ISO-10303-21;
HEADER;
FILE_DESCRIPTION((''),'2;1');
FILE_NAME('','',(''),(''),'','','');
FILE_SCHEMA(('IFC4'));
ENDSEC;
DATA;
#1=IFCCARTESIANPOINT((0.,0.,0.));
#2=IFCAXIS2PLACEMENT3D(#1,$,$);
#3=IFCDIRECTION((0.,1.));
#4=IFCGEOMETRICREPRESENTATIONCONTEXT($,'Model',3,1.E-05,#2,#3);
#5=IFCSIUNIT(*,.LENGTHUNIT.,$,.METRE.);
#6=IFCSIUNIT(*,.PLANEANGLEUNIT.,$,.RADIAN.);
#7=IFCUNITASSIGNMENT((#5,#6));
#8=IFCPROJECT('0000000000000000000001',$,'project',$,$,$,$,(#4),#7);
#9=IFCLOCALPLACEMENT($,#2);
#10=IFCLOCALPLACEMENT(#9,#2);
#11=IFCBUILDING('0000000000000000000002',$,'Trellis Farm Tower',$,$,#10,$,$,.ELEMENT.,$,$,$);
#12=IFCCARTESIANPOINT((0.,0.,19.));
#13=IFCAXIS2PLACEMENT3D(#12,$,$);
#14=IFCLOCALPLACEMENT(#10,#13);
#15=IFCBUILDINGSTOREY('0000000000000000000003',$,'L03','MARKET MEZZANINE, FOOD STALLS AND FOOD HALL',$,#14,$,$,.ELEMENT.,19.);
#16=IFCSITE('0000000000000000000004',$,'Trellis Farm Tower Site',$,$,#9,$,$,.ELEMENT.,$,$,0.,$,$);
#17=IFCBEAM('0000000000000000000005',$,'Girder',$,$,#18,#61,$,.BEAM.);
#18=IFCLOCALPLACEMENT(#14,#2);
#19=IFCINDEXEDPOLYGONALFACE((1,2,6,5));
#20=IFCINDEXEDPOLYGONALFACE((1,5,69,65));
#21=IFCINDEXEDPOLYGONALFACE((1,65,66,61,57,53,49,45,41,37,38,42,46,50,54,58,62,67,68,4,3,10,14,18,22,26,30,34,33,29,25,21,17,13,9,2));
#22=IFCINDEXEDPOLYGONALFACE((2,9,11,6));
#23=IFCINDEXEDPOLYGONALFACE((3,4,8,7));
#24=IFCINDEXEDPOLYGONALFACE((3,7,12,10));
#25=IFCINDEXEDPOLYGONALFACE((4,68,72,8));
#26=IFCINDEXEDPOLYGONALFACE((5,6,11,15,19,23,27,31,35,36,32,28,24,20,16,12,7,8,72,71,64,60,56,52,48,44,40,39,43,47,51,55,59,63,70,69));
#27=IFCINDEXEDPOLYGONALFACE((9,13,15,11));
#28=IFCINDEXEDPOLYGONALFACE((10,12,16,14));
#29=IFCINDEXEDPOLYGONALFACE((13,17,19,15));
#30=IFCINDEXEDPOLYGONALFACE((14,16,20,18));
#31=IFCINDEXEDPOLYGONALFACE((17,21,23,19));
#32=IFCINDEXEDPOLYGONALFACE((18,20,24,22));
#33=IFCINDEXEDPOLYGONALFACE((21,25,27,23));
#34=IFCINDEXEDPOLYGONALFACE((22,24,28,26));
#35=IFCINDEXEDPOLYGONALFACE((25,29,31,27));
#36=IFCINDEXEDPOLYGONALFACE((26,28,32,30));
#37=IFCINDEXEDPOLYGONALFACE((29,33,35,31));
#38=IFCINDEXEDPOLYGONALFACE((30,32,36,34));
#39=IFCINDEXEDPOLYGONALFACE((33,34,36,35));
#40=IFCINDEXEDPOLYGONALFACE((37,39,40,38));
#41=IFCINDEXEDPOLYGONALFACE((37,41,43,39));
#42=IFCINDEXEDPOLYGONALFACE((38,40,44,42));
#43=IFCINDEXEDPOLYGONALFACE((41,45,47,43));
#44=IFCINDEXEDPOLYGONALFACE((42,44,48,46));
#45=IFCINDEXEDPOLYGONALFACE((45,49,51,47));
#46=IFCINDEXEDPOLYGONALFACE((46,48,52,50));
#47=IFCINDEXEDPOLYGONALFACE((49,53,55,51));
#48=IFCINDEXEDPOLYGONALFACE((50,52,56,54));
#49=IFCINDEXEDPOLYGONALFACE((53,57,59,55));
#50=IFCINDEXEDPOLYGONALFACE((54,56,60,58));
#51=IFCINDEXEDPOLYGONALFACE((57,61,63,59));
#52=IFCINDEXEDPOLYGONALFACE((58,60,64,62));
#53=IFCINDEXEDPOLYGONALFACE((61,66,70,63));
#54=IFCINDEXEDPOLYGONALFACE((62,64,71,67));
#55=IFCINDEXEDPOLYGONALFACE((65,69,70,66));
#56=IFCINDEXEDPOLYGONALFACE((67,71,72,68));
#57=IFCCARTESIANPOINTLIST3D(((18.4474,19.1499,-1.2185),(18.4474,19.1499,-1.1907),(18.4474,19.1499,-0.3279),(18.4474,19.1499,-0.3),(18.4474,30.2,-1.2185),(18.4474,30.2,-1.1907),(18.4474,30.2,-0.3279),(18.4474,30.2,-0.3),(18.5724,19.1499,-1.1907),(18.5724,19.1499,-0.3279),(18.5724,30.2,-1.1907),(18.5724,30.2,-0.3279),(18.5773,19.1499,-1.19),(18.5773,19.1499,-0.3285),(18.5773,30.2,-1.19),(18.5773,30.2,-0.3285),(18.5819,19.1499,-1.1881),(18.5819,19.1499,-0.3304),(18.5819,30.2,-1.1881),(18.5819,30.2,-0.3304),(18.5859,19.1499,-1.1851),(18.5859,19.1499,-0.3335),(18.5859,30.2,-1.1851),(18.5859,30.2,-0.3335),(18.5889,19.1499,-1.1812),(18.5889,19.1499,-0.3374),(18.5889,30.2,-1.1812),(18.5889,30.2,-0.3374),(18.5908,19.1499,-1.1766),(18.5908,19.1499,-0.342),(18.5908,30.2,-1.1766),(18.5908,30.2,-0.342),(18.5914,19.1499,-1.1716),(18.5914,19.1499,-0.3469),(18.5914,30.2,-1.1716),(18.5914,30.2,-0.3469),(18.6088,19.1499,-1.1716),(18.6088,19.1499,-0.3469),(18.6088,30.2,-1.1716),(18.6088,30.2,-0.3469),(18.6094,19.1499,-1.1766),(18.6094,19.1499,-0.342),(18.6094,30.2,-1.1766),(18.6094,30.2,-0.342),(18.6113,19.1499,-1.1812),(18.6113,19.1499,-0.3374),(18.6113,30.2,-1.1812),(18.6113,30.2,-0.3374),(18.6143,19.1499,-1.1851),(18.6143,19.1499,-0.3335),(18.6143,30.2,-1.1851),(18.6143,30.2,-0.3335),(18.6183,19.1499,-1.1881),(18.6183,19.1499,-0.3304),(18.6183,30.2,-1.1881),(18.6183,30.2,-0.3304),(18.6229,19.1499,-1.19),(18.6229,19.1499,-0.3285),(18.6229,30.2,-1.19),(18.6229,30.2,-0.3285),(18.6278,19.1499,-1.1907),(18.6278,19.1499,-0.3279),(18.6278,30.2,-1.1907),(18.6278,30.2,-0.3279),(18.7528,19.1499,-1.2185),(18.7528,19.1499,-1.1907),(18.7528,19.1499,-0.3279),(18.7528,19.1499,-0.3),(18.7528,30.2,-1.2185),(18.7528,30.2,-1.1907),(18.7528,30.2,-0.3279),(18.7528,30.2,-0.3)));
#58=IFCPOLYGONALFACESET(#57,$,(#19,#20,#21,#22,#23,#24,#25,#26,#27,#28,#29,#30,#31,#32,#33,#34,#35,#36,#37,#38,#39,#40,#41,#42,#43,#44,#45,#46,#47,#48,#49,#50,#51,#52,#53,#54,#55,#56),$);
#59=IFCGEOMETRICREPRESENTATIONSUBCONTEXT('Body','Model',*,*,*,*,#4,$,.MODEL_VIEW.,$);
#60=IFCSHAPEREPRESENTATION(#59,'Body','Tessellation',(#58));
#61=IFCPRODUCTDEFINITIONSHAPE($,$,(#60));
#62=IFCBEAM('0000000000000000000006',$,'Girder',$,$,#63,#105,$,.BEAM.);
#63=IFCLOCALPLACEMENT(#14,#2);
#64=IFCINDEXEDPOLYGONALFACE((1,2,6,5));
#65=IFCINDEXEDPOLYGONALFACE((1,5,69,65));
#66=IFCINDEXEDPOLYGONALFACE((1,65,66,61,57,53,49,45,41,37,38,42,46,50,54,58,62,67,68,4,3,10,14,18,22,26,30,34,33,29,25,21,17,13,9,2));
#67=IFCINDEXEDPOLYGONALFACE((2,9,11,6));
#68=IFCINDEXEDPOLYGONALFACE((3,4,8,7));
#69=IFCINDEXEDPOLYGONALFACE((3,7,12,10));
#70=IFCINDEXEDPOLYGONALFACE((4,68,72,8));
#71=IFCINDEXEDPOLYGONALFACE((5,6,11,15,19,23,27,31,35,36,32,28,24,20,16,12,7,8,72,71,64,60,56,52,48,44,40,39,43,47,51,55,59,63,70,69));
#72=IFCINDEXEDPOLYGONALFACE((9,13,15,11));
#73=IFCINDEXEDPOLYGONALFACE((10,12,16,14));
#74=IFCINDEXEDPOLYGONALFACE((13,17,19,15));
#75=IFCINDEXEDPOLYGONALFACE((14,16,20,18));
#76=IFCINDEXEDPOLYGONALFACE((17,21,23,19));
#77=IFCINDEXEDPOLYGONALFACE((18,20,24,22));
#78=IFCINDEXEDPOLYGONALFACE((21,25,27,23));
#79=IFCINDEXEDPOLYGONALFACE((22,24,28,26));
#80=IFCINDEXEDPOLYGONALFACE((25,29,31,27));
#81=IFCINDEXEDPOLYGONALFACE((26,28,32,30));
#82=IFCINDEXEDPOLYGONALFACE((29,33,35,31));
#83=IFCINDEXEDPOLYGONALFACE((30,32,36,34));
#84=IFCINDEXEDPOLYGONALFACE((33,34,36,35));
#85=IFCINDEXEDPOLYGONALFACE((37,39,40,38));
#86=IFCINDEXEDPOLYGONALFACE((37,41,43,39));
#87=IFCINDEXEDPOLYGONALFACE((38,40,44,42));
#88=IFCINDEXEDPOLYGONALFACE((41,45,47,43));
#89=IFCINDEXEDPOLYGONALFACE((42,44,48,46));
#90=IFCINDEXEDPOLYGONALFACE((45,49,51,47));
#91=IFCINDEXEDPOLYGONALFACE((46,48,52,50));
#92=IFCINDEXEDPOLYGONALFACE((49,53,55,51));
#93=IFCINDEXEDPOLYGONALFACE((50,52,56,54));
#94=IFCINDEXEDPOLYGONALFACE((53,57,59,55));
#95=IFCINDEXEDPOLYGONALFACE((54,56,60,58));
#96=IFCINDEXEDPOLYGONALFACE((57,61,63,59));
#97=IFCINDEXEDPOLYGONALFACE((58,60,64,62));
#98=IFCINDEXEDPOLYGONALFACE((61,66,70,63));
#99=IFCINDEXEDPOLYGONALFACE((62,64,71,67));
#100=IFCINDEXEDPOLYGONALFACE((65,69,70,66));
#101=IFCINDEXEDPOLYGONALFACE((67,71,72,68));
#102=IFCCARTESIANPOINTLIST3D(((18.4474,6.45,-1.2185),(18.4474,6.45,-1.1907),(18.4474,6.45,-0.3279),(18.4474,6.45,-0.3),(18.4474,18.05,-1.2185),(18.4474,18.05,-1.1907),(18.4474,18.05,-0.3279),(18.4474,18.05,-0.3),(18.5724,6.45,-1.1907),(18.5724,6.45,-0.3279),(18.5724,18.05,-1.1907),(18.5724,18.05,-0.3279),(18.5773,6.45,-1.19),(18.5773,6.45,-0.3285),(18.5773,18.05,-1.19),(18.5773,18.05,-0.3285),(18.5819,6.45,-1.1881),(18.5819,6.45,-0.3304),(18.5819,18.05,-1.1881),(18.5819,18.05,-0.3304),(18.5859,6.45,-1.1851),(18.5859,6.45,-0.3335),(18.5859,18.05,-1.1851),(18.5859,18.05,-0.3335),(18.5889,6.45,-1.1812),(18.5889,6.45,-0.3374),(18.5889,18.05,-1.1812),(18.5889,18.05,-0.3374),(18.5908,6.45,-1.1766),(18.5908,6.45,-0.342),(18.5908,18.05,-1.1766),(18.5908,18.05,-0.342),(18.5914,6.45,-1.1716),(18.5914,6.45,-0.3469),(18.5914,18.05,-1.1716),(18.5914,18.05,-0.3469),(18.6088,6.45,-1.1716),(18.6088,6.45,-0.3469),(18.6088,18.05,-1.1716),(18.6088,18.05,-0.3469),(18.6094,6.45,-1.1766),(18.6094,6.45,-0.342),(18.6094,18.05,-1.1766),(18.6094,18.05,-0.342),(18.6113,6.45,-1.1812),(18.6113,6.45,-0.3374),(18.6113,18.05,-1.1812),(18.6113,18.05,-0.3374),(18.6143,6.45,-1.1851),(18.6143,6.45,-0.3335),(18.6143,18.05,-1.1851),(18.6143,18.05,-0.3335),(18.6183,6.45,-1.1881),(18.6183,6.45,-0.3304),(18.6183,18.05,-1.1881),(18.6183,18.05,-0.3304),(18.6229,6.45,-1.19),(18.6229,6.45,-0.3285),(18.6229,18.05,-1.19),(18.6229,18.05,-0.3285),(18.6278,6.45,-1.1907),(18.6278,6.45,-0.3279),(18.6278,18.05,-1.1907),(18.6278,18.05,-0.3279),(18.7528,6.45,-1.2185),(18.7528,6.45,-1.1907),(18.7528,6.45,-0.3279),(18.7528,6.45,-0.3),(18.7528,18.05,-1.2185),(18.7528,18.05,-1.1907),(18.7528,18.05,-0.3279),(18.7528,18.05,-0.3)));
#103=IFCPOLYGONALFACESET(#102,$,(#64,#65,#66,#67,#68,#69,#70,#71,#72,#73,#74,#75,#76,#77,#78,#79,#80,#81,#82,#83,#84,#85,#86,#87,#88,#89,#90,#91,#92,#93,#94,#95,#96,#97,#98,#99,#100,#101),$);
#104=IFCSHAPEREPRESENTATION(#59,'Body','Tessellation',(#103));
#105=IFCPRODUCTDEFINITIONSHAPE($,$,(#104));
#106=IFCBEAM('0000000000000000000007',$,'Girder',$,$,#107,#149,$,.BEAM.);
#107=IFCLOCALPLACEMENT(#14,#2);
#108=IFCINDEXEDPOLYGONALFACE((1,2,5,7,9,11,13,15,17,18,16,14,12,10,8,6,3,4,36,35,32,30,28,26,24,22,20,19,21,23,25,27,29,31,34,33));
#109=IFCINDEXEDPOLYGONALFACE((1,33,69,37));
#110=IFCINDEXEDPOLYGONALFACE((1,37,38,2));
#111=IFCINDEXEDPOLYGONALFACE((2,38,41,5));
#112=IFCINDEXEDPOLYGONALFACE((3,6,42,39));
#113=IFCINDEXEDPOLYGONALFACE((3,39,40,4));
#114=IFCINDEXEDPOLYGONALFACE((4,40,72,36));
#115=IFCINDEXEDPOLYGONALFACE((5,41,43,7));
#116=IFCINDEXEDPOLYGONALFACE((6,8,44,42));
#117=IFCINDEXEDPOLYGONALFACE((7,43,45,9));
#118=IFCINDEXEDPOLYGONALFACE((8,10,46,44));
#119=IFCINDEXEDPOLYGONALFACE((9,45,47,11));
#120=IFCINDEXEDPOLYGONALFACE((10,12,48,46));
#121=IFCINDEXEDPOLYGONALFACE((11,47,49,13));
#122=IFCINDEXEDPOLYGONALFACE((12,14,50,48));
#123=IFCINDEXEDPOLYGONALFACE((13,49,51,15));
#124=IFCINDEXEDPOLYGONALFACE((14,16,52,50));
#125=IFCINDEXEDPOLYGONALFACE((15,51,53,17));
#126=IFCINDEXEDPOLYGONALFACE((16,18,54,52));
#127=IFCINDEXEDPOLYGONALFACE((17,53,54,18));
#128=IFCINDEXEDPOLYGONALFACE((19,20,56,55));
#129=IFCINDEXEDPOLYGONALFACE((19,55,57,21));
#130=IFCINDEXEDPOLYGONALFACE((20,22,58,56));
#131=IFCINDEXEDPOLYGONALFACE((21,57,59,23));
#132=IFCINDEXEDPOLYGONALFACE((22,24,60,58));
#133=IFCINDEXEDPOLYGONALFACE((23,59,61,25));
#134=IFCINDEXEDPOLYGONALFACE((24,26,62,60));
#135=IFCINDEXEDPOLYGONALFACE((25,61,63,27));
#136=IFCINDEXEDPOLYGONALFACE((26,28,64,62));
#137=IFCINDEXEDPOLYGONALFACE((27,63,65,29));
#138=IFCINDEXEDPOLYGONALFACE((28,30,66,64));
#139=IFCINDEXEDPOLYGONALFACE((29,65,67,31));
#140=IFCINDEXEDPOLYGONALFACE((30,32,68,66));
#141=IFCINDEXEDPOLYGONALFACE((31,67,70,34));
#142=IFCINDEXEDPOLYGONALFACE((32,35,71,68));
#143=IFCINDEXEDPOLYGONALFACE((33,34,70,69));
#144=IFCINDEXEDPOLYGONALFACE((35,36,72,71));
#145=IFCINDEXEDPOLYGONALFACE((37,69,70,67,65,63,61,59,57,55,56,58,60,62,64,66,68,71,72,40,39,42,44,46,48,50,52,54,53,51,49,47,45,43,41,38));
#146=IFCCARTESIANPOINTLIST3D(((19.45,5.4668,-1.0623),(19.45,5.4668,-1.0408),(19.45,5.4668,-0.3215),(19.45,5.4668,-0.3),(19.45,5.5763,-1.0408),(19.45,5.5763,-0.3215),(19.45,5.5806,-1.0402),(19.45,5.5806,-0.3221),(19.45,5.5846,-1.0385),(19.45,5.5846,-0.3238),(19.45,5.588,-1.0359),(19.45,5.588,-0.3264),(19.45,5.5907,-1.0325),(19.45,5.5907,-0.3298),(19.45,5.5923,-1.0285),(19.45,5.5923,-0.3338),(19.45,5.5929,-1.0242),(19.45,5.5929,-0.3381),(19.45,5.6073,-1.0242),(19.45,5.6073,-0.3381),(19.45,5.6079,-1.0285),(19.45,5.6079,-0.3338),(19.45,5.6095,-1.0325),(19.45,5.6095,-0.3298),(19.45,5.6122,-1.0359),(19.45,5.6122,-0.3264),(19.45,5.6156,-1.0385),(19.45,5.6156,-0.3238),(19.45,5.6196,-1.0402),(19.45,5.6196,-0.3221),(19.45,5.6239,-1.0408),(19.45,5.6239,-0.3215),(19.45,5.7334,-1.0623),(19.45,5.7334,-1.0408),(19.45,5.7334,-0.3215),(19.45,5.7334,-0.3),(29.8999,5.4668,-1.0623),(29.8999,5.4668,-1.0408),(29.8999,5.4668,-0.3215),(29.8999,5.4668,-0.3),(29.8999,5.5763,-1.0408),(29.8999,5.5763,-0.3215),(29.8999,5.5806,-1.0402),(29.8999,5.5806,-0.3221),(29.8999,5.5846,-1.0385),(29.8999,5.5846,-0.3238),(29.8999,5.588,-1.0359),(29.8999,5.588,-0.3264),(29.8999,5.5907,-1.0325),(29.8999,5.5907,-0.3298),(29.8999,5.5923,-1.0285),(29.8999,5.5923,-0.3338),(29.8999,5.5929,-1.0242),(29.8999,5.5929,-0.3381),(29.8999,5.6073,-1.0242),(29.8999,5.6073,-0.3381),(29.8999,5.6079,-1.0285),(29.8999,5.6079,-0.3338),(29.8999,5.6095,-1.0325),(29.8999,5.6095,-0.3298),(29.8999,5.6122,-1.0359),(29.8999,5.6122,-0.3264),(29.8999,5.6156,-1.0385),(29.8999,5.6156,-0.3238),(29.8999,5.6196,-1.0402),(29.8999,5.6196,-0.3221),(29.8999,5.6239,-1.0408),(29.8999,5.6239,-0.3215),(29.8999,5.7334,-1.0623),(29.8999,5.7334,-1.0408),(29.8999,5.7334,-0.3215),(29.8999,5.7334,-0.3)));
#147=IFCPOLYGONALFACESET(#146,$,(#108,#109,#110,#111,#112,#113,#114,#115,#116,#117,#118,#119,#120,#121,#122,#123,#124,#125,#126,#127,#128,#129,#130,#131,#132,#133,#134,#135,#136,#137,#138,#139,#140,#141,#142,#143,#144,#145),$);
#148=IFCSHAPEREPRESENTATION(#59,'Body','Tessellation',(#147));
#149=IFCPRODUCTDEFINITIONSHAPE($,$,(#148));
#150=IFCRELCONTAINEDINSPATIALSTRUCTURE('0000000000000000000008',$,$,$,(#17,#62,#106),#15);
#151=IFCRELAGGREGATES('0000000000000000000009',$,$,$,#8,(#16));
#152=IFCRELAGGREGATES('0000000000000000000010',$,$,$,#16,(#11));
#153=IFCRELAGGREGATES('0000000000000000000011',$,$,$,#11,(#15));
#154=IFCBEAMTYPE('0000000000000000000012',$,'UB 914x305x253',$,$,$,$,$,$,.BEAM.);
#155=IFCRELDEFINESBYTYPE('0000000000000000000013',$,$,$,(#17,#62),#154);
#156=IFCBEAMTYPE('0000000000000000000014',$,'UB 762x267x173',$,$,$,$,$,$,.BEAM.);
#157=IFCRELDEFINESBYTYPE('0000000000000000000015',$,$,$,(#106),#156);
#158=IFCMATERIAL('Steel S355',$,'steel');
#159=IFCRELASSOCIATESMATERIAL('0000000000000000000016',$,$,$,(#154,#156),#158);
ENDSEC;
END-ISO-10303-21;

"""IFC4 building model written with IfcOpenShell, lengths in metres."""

from ifc_helpers import new_model, si_unit, direction, frame, origin, origin_2d, place, context, subcontext, project, spatial, i_section, extrude, source, transform, mapped, material, material_profile, profile_set, type_object, element, save


model = new_model("IFC4")

# Units and contexts
model_context = context("Model", 3, precision=1e-05, world=origin(), true_north=direction((0.0, 1.0)))
body_context = subcontext(model_context, "Body", "Model", "MODEL_VIEW")
ifc_project = project(units=[si_unit("LENGTHUNIT", "METRE"), si_unit("PLANEANGLEUNIT", "RADIAN")], contexts=[model_context])

# Site, building, storey
site_placement = place(None, origin())
site = spatial("IfcSite", under=ifc_project, at=site_placement, Name="Trellis Farm Tower Site", CompositionType="ELEMENT", RefElevation=0.0)
building_placement = place(site_placement, origin())
building = spatial("IfcBuilding", under=site, at=building_placement, Name="Trellis Farm Tower", CompositionType="ELEMENT")
storey_placement = place(building_placement, frame((0.0, 0.0, 19.0)))
storey = spatial("IfcBuildingStorey", under=building, at=storey_placement, Name="L03", Description="MARKET MEZZANINE, FOOD STALLS AND FOOD HALL", CompositionType="ELEMENT", Elevation=19.0)

# Beams
ifc_material_1 = material(Name="Steel S355", Category="steel")
ifc_material_profile_1 = material_profile(ifc_material_1, i_section(OverallWidth=0.3054, OverallDepth=0.9185, WebThickness=0.0173, FlangeThickness=0.0278, FilletRadius=0.019, at=origin_2d()), Name="UB 914x305x253")
ifc_profile_set_1 = profile_set([ifc_material_profile_1], Name="Steel S355")
beam_type_1 = type_object("IfcBeamType", Name="UB 914x305x253", PredefinedType="BEAM", material=ifc_profile_set_1)
shared_shape_1 = source(origin(), body_context, "Body", "SweptSolid", [
    extrude(i_section(OverallWidth=0.3054, OverallDepth=0.9185, WebThickness=0.0173, FlangeThickness=0.0278, FilletRadius=0.019, at=origin_2d()), origin(), (0.0, 0.0, 1.0), 11.05),
])
for number, where, z_axis, x_axis, name in (
    (1, (18.6001, 19.1499, -0.7593), (0.0, 1.0, 0.0), (-1.0, 0.0, 0.0), "Girder"),
):
    element("IfcBeam", number, at=place(storey_placement, frame(where, z_axis=z_axis, x_axis=x_axis)), inside=storey, type_object=beam_type_1, Name=name, PredefinedType="BEAM", context=body_context, shape_type="MappedRepresentation", body=[
        mapped(shared_shape_1, transform((0.0, 0.0, 0.0))),
    ])
shared_shape_2 = source(origin(), body_context, "Body", "SweptSolid", [
    extrude(i_section(OverallWidth=0.3054, OverallDepth=0.9185, WebThickness=0.0173, FlangeThickness=0.0278, FilletRadius=0.019, at=origin_2d()), origin(), (0.0, 0.0, 1.0), 11.6001),
])
beam_1_placement = place(storey_placement, frame((18.6001, 6.45, -0.7593), z_axis=(0.0, 1.0, 0.0), x_axis=(-1.0, 0.0, 0.0)))
element("IfcBeam", 2, at=beam_1_placement, inside=storey, type_object=beam_type_1, Name="Girder", PredefinedType="BEAM", context=body_context, shape_type="MappedRepresentation", body=[
    mapped(shared_shape_2, transform((0.0, 0.0, 0.0))),
])
ifc_material_profile_2 = material_profile(ifc_material_1, i_section(OverallWidth=0.2666, OverallDepth=0.7622, WebThickness=0.0144, FlangeThickness=0.0215, FilletRadius=0.0166, at=origin_2d()), Name="UB 762x267x173")
ifc_profile_set_2 = profile_set([ifc_material_profile_2], Name="Steel S355")
beam_type_2 = type_object("IfcBeamType", Name="UB 762x267x173", PredefinedType="BEAM", material=ifc_profile_set_2)
shared_shape_3 = source(origin(), body_context, "Body", "SweptSolid", [
    extrude(i_section(OverallWidth=0.2666, OverallDepth=0.7622, WebThickness=0.0144, FlangeThickness=0.0215, FilletRadius=0.0166, at=origin_2d()), origin(), (0.0, 0.0, 1.0), 10.45),
])
beam_2_placement = place(storey_placement, frame((19.45, 5.6001, -0.6812), z_axis=(1.0, 0.0, 0.0), x_axis=(0.0, 1.0, 0.0)))
element("IfcBeam", 3, at=beam_2_placement, inside=storey, type_object=beam_type_2, Name="Girder", PredefinedType="BEAM", context=body_context, shape_type="MappedRepresentation", body=[
    mapped(shared_shape_3, transform((0.0, 0.0, 0.0))),
])

save(model, "model.ifc")
